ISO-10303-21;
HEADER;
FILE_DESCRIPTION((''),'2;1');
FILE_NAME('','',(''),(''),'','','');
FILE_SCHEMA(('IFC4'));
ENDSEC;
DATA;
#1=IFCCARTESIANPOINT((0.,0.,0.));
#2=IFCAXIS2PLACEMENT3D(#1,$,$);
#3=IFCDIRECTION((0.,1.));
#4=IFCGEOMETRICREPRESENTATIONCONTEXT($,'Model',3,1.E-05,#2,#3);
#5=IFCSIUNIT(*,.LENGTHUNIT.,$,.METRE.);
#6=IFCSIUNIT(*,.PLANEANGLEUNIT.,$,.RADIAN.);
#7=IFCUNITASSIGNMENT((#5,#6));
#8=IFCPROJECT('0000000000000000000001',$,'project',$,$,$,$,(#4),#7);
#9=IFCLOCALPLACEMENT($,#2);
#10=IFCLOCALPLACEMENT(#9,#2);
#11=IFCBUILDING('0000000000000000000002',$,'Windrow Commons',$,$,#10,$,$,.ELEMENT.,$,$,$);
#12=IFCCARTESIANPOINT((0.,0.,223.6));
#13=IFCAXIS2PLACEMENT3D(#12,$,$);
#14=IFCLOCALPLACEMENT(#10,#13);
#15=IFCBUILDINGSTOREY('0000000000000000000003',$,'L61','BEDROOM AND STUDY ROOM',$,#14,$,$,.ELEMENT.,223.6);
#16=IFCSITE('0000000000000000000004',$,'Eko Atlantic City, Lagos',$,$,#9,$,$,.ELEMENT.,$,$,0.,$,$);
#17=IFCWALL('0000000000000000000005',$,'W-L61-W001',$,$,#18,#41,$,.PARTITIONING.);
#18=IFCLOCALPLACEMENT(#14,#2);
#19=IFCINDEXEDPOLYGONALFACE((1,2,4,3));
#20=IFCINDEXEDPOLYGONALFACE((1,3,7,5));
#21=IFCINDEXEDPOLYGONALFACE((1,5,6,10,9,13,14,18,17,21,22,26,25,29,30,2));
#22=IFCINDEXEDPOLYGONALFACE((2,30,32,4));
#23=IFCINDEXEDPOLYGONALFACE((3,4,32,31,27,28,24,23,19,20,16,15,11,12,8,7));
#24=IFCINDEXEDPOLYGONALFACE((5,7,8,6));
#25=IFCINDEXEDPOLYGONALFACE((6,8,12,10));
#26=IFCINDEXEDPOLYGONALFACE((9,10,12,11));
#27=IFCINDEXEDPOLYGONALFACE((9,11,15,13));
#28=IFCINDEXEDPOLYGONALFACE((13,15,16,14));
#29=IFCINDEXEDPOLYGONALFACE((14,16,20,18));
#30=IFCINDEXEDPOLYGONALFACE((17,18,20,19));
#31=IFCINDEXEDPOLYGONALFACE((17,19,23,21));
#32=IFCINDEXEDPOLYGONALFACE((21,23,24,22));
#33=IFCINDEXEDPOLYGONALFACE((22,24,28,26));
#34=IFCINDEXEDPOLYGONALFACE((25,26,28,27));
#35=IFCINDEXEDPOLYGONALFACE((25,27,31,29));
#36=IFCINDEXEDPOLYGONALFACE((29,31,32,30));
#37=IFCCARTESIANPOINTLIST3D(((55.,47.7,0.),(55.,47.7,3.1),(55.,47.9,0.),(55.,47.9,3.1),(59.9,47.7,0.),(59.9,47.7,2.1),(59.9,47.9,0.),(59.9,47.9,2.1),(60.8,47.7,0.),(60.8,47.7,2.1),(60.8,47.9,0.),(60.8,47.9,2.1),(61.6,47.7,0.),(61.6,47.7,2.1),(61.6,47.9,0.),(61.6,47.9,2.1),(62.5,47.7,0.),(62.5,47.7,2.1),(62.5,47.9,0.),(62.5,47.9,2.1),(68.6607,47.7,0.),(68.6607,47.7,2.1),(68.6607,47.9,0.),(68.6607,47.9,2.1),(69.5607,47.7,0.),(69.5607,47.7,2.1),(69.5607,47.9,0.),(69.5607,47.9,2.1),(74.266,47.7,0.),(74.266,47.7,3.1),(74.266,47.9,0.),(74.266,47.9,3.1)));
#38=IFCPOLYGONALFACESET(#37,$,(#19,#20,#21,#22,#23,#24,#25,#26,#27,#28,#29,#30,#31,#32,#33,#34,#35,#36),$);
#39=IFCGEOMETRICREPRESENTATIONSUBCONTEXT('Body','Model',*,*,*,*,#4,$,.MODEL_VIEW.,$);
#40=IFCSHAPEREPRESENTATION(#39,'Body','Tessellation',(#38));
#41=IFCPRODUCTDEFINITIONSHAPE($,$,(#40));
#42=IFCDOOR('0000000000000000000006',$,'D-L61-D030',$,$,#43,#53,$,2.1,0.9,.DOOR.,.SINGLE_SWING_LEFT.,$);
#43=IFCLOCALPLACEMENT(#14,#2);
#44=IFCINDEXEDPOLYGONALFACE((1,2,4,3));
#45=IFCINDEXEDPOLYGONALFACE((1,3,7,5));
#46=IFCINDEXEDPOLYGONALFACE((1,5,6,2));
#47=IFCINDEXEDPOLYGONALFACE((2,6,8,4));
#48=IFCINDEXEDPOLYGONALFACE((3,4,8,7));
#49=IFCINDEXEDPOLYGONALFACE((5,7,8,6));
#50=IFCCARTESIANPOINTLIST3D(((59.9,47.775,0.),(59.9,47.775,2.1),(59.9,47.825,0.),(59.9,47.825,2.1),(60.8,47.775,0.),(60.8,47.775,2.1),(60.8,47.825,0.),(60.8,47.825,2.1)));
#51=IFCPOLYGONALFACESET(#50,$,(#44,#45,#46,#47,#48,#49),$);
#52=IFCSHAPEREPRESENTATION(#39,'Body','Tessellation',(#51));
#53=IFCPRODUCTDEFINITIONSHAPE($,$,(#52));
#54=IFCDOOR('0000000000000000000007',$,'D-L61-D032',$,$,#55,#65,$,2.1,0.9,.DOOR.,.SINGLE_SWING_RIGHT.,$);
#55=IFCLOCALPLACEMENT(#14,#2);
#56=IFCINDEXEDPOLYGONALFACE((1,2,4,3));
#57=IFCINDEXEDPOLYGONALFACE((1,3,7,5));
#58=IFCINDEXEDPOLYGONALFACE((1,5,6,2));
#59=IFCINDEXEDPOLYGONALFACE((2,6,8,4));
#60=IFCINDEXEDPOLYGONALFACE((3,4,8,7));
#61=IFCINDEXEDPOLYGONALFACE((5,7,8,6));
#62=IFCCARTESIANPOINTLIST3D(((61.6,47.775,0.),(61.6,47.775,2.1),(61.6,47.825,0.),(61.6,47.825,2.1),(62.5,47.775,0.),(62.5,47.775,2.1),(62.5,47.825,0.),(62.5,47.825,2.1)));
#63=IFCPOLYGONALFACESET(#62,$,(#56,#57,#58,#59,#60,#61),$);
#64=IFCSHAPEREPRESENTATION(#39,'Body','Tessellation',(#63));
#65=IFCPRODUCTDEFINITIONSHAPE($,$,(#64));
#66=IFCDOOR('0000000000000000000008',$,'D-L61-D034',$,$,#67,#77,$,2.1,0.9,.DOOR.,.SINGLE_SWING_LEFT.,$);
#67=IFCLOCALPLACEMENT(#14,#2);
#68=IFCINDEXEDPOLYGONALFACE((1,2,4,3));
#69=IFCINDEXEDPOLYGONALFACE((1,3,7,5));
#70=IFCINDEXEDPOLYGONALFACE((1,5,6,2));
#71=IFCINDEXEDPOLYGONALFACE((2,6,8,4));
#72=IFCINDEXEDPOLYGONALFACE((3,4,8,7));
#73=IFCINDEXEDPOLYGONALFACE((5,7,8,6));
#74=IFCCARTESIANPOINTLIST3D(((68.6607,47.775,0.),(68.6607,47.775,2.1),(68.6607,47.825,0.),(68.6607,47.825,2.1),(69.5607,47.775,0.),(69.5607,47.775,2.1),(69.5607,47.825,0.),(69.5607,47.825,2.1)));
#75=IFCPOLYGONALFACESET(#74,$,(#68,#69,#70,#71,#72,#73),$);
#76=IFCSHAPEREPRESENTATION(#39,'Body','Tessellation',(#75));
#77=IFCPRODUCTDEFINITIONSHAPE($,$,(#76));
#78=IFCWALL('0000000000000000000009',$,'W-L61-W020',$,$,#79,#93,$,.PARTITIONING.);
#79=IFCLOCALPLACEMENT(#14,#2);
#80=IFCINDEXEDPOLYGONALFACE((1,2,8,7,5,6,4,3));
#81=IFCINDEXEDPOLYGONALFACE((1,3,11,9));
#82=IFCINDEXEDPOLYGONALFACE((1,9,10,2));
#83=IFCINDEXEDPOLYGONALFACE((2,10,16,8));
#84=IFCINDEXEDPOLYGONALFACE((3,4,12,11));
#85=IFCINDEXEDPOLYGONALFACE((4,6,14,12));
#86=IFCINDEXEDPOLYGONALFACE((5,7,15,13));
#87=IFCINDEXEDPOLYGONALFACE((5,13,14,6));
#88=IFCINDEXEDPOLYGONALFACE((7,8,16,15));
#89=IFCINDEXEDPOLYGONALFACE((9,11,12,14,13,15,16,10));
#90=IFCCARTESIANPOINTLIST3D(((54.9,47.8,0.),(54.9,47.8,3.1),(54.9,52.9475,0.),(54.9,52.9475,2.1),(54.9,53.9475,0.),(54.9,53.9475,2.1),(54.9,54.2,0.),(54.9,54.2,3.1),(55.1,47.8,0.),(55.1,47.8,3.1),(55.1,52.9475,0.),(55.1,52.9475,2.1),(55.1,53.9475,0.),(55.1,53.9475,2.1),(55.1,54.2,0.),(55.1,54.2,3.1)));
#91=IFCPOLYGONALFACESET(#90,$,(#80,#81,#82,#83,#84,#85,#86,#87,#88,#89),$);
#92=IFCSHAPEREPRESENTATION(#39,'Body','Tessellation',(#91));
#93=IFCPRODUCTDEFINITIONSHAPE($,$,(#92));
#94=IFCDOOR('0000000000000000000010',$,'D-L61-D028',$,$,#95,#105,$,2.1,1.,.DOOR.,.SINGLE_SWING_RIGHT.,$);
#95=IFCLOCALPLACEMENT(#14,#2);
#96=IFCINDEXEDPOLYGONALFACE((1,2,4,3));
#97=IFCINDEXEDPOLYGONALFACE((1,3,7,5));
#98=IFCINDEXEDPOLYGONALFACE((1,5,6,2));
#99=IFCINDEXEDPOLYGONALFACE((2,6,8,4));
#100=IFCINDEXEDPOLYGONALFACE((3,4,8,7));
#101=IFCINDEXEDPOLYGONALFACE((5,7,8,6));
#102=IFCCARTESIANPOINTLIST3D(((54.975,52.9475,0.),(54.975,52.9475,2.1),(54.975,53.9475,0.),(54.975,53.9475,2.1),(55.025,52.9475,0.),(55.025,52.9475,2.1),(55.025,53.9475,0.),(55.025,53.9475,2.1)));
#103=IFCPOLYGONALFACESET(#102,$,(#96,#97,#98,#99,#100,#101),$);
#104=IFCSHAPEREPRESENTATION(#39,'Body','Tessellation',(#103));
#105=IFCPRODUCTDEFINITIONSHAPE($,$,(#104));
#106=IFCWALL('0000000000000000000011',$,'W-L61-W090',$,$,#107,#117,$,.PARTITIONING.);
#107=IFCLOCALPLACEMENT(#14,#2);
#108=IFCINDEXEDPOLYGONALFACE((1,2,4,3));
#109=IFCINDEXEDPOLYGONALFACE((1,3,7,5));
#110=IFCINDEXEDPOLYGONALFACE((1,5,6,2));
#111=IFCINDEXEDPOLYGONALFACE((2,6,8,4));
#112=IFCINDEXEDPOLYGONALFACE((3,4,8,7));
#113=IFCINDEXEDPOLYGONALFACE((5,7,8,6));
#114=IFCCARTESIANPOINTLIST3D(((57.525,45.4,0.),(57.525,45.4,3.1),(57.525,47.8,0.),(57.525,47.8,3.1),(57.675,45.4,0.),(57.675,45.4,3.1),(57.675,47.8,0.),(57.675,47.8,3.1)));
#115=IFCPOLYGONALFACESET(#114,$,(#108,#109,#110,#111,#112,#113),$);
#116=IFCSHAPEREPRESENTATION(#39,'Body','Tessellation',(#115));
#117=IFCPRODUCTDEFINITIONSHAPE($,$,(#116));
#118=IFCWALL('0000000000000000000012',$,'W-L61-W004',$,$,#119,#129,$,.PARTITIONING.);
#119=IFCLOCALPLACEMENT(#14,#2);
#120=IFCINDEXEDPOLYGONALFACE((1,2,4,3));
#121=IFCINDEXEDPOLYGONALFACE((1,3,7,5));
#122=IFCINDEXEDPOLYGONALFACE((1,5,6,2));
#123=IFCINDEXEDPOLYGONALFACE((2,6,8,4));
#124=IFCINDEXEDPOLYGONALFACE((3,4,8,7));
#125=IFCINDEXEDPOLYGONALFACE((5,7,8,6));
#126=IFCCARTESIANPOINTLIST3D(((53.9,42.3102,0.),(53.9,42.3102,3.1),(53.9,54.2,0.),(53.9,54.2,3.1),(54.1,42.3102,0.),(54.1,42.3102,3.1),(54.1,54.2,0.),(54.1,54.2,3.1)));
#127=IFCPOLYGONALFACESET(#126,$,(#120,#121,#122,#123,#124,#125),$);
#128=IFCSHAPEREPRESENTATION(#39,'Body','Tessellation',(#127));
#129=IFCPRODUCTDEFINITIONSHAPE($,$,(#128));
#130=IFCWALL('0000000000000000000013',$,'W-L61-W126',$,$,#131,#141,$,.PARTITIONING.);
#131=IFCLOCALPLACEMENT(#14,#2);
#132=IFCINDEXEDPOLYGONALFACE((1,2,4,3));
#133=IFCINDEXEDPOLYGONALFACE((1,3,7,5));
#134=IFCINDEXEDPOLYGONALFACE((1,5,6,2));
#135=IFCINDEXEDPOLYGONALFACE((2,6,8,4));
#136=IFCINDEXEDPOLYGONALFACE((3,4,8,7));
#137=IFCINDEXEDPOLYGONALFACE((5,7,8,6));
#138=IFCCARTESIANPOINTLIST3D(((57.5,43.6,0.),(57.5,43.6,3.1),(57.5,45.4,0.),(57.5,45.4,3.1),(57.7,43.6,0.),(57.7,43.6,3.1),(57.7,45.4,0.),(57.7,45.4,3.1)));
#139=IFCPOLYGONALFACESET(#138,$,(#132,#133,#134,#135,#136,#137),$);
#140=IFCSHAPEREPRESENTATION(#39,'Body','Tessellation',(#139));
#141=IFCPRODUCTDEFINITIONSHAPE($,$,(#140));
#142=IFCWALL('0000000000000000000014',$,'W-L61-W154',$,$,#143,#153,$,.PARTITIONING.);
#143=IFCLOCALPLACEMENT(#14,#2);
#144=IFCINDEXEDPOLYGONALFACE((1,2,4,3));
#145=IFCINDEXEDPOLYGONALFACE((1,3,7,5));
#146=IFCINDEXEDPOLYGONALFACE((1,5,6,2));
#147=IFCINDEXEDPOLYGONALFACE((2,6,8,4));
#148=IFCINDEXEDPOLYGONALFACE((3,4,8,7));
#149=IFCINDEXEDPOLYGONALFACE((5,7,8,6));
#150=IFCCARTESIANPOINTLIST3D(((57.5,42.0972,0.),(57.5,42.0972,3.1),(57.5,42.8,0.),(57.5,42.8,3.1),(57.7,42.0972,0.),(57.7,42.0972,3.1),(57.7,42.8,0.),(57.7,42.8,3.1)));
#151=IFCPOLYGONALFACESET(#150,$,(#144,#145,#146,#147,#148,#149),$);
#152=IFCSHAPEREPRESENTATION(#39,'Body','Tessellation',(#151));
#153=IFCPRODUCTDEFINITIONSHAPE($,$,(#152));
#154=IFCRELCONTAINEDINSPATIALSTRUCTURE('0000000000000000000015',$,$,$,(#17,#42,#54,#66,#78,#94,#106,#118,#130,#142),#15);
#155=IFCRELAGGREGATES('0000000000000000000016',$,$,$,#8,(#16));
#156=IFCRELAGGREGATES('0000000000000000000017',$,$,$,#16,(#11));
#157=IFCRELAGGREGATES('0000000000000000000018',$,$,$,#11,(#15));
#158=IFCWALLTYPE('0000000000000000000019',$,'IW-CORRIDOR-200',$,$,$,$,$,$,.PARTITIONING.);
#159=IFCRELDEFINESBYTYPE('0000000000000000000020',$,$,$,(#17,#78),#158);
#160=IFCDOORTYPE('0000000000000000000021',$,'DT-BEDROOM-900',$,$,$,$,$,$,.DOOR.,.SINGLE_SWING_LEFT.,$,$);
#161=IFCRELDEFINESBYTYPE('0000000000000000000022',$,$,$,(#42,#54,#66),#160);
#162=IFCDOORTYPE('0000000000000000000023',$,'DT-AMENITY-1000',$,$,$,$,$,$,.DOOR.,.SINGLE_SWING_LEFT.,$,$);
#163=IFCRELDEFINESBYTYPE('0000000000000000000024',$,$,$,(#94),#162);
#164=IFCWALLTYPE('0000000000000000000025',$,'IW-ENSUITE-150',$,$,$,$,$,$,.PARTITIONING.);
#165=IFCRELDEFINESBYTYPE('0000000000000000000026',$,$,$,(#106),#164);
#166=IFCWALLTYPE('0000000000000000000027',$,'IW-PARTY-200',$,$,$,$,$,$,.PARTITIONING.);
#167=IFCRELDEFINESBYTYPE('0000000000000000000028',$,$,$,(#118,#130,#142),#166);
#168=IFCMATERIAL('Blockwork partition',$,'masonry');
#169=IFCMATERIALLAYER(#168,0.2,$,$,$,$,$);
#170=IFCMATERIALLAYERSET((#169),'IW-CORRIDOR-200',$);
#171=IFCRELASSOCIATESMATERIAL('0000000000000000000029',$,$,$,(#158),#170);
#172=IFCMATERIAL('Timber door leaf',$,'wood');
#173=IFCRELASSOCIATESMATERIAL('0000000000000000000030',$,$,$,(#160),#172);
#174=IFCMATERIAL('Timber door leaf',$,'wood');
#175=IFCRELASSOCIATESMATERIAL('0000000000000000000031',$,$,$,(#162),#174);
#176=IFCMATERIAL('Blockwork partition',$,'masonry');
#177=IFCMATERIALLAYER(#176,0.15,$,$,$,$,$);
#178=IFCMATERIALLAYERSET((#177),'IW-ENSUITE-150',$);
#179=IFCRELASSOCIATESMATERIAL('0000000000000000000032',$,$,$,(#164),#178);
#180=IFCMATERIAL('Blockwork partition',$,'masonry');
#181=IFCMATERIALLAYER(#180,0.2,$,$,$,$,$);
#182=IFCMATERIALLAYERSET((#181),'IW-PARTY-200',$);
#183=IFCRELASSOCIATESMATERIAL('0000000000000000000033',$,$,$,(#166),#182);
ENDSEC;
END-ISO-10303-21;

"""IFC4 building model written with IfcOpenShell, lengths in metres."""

from ifc_helpers import new_model, si_unit, direction, frame, frame_2d, origin, place, context, subcontext, project, spatial, rectangle, extrude, material, layer, layer_set, type_object, element, fill, save


model = new_model("IFC4")

# Units and contexts
model_context = context("Model", 3, precision=1e-05, world=origin(), true_north=direction((0.0, 1.0)))
body_context = subcontext(model_context, "Body", "Model", "MODEL_VIEW")
ifc_project = project(units=[si_unit("LENGTHUNIT", "METRE"), si_unit("PLANEANGLEUNIT", "RADIAN")], contexts=[model_context])

# Site, building, storey
site_placement = place(None, origin())
site = spatial("IfcSite", under=ifc_project, at=site_placement, Name="Eko Atlantic City, Lagos", CompositionType="ELEMENT", RefElevation=0.0)
building_placement = place(site_placement, origin())
building = spatial("IfcBuilding", under=site, at=building_placement, Name="Windrow Commons", CompositionType="ELEMENT")
storey_placement = place(building_placement, frame((0.0, 0.0, 223.6)))
storey = spatial("IfcBuildingStorey", under=building, at=storey_placement, Name="L61", Description="BEDROOM AND STUDY ROOM", CompositionType="ELEMENT", Elevation=223.6)

# Wall, openings, doors
ifc_material_1 = material(Name="Blockwork partition", Category="masonry")
ifc_layer_1 = layer(ifc_material_1, 0.2)
ifc_layer_set_1 = layer_set([ifc_layer_1], Name="IW-CORRIDOR-200")
wall_type_1 = type_object("IfcWallType", Name="IW-CORRIDOR-200", PredefinedType="PARTITIONING", material=ifc_layer_set_1)
wall_1_placement = place(storey_placement, frame((55.0, 47.8, 0.0), z_axis=(0.0, 0.0, 1.0), x_axis=(1.0, 0.0, 0.0)))
wall_1 = element("IfcWall", 1, at=wall_1_placement, inside=storey, type_object=wall_type_1, Name="W-L61-W001", PredefinedType="PARTITIONING", context=body_context, shape_type="SweptSolid", body=[
    extrude(rectangle(XDim=19.266, YDim=0.2, at=frame_2d((9.633, 0.0))), origin(), (0.0, 0.0, 1.0), 3.1),
])
opening_1_placement = place(wall_1_placement, frame((4.9, 0.0, 0.0)))
opening_1 = element("IfcOpeningElement", 2, at=opening_1_placement, cuts=wall_1, PredefinedType="OPENING", context=body_context, shape_type="SweptSolid", body=[
    extrude(rectangle(XDim=0.9, YDim=2.1, at=frame_2d((0.45, 1.05))), frame((0.0, 0.11, 0.0), z_axis=(0.0, -1.0, 0.0), x_axis=(1.0, 0.0, 0.0)), (0.0, 0.0, 1.0), 0.22),
])
opening_2_placement = place(wall_1_placement, frame((6.6, 0.0, 0.0)))
opening_2 = element("IfcOpeningElement", 3, at=opening_2_placement, cuts=wall_1, PredefinedType="OPENING", context=body_context, shape_type="SweptSolid", body=[
    extrude(rectangle(XDim=0.9, YDim=2.1, at=frame_2d((0.45, 1.05))), frame((0.0, 0.11, 0.0), z_axis=(0.0, -1.0, 0.0), x_axis=(1.0, 0.0, 0.0)), (0.0, 0.0, 1.0), 0.22),
])
opening_3_placement = place(wall_1_placement, frame((13.6607, 0.0, 0.0)))
opening_3 = element("IfcOpeningElement", 4, at=opening_3_placement, cuts=wall_1, PredefinedType="OPENING", context=body_context, shape_type="SweptSolid", body=[
    extrude(rectangle(XDim=0.9, YDim=2.1, at=frame_2d((0.45, 1.05))), frame((0.0, 0.11, 0.0), z_axis=(0.0, -1.0, 0.0), x_axis=(1.0, 0.0, 0.0)), (0.0, 0.0, 1.0), 0.22),
])
ifc_material_2 = material(Name="Timber door leaf", Category="wood")
door_type_1 = type_object("IfcDoorType", Name="DT-BEDROOM-900", OperationType="SINGLE_SWING_LEFT", PredefinedType="DOOR", material=ifc_material_2)
door_1_placement = place(opening_1_placement, origin())
door_1 = element("IfcDoor", 5, at=door_1_placement, inside=storey, type_object=door_type_1, Name="D-L61-D030", OperationType="SINGLE_SWING_LEFT", OverallHeight=2.1, OverallWidth=0.9, PredefinedType="DOOR", context=body_context, shape_type="SweptSolid", body=[
    extrude(rectangle(XDim=0.9, YDim=2.1, at=frame_2d((0.45, 1.05))), frame((0.0, 0.025, 0.0), z_axis=(0.0, -1.0, 0.0), x_axis=(1.0, 0.0, 0.0)), (0.0, 0.0, 1.0), 0.05),
])
fill(opening_1, door_1)
door_2_placement = place(opening_2_placement, origin())
door_2 = element("IfcDoor", 6, at=door_2_placement, inside=storey, type_object=door_type_1, Name="D-L61-D032", OperationType="SINGLE_SWING_RIGHT", OverallHeight=2.1, OverallWidth=0.9, PredefinedType="DOOR", context=body_context, shape_type="SweptSolid", body=[
    extrude(rectangle(XDim=0.9, YDim=2.1, at=frame_2d((0.45, 1.05))), frame((0.0, 0.025, 0.0), z_axis=(0.0, -1.0, 0.0), x_axis=(1.0, 0.0, 0.0)), (0.0, 0.0, 1.0), 0.05),
])
fill(opening_2, door_2)
door_3_placement = place(opening_3_placement, origin())
door_3 = element("IfcDoor", 7, at=door_3_placement, inside=storey, type_object=door_type_1, Name="D-L61-D034", OperationType="SINGLE_SWING_LEFT", OverallHeight=2.1, OverallWidth=0.9, PredefinedType="DOOR", context=body_context, shape_type="SweptSolid", body=[
    extrude(rectangle(XDim=0.9, YDim=2.1, at=frame_2d((0.45, 1.05))), frame((0.0, 0.025, 0.0), z_axis=(0.0, -1.0, 0.0), x_axis=(1.0, 0.0, 0.0)), (0.0, 0.0, 1.0), 0.05),
])
fill(opening_3, door_3)

# Wall, opening, door
wall_2_placement = place(storey_placement, frame((55.0, 47.8, 0.0), z_axis=(0.0, 0.0, 1.0), x_axis=(0.0, 1.0, 0.0)))
wall_2 = element("IfcWall", 8, at=wall_2_placement, inside=storey, type_object=wall_type_1, Name="W-L61-W020", PredefinedType="PARTITIONING", context=body_context, shape_type="SweptSolid", body=[
    extrude(rectangle(XDim=6.4, YDim=0.2, at=frame_2d((3.2, 0.0))), origin(), (0.0, 0.0, 1.0), 3.1),
])
opening_4_placement = place(wall_2_placement, frame((5.1475, 0.0, 0.0)))
opening_4 = element("IfcOpeningElement", 9, at=opening_4_placement, cuts=wall_2, PredefinedType="OPENING", context=body_context, shape_type="SweptSolid", body=[
    extrude(rectangle(XDim=1.0, YDim=2.1, at=frame_2d((0.5, 1.05))), frame((0.0, 0.11, 0.0), z_axis=(0.0, -1.0, 0.0), x_axis=(1.0, 0.0, 0.0)), (0.0, 0.0, 1.0), 0.22),
])
ifc_material_3 = material(Name="Timber door leaf", Category="wood")
door_type_2 = type_object("IfcDoorType", Name="DT-AMENITY-1000", OperationType="SINGLE_SWING_LEFT", PredefinedType="DOOR", material=ifc_material_3)
door_4_placement = place(opening_4_placement, origin())
door_4 = element("IfcDoor", 10, at=door_4_placement, inside=storey, type_object=door_type_2, Name="D-L61-D028", OperationType="SINGLE_SWING_RIGHT", OverallHeight=2.1, OverallWidth=1.0, PredefinedType="DOOR", context=body_context, shape_type="SweptSolid", body=[
    extrude(rectangle(XDim=1.0, YDim=2.1, at=frame_2d((0.5, 1.05))), frame((0.0, 0.025, 0.0), z_axis=(0.0, -1.0, 0.0), x_axis=(1.0, 0.0, 0.0)), (0.0, 0.0, 1.0), 0.05),
])
fill(opening_4, door_4)

# Walls
ifc_material_4 = material(Name="Blockwork partition", Category="masonry")
ifc_layer_2 = layer(ifc_material_4, 0.15)
ifc_layer_set_2 = layer_set([ifc_layer_2], Name="IW-ENSUITE-150")
wall_type_2 = type_object("IfcWallType", Name="IW-ENSUITE-150", PredefinedType="PARTITIONING", material=ifc_layer_set_2)
wall_3_placement = place(storey_placement, frame((57.6, 45.4, 0.0), z_axis=(0.0, 0.0, 1.0), x_axis=(0.0, 1.0, 0.0)))
element("IfcWall", 11, at=wall_3_placement, inside=storey, type_object=wall_type_2, Name="W-L61-W090", PredefinedType="PARTITIONING", context=body_context, shape_type="SweptSolid", body=[
    extrude(rectangle(XDim=2.4, YDim=0.15, at=frame_2d((1.2, 0.0))), origin(), (0.0, 0.0, 1.0), 3.1),
])
ifc_material_5 = material(Name="Blockwork partition", Category="masonry")
ifc_layer_3 = layer(ifc_material_5, 0.2)
ifc_layer_set_3 = layer_set([ifc_layer_3], Name="IW-PARTY-200")
wall_type_3 = type_object("IfcWallType", Name="IW-PARTY-200", PredefinedType="PARTITIONING", material=ifc_layer_set_3)
wall_4_placement = place(storey_placement, frame((54.0, 42.3103, 0.0), z_axis=(0.0, 0.0, 1.0), x_axis=(0.0, 1.0, 0.0)))
element("IfcWall", 12, at=wall_4_placement, inside=storey, type_object=wall_type_3, Name="W-L61-W004", PredefinedType="PARTITIONING", context=body_context, shape_type="SweptSolid", body=[
    extrude(rectangle(XDim=11.8897, YDim=0.2, at=frame_2d((5.9448, 0.0))), origin(), (0.0, 0.0, 1.0), 3.1),
])
wall_5_placement = place(storey_placement, frame((57.6, 43.6, 0.0), z_axis=(0.0, 0.0, 1.0), x_axis=(0.0, 1.0, 0.0)))
element("IfcWall", 13, at=wall_5_placement, inside=storey, type_object=wall_type_3, Name="W-L61-W126", PredefinedType="PARTITIONING", context=body_context, shape_type="SweptSolid", body=[
    extrude(rectangle(XDim=1.8, YDim=0.2, at=frame_2d((0.9, 0.0))), origin(), (0.0, 0.0, 1.0), 3.1),
])
wall_6_placement = place(storey_placement, frame((57.6, 42.0972, 0.0), z_axis=(0.0, 0.0, 1.0), x_axis=(0.0, 1.0, 0.0)))
element("IfcWall", 14, at=wall_6_placement, inside=storey, type_object=wall_type_3, Name="W-L61-W154", PredefinedType="PARTITIONING", context=body_context, shape_type="SweptSolid", body=[
    extrude(rectangle(XDim=0.7028, YDim=0.2, at=frame_2d((0.3514, 0.0))), origin(), (0.0, 0.0, 1.0), 3.1),
])

save(model, "model.ifc")
